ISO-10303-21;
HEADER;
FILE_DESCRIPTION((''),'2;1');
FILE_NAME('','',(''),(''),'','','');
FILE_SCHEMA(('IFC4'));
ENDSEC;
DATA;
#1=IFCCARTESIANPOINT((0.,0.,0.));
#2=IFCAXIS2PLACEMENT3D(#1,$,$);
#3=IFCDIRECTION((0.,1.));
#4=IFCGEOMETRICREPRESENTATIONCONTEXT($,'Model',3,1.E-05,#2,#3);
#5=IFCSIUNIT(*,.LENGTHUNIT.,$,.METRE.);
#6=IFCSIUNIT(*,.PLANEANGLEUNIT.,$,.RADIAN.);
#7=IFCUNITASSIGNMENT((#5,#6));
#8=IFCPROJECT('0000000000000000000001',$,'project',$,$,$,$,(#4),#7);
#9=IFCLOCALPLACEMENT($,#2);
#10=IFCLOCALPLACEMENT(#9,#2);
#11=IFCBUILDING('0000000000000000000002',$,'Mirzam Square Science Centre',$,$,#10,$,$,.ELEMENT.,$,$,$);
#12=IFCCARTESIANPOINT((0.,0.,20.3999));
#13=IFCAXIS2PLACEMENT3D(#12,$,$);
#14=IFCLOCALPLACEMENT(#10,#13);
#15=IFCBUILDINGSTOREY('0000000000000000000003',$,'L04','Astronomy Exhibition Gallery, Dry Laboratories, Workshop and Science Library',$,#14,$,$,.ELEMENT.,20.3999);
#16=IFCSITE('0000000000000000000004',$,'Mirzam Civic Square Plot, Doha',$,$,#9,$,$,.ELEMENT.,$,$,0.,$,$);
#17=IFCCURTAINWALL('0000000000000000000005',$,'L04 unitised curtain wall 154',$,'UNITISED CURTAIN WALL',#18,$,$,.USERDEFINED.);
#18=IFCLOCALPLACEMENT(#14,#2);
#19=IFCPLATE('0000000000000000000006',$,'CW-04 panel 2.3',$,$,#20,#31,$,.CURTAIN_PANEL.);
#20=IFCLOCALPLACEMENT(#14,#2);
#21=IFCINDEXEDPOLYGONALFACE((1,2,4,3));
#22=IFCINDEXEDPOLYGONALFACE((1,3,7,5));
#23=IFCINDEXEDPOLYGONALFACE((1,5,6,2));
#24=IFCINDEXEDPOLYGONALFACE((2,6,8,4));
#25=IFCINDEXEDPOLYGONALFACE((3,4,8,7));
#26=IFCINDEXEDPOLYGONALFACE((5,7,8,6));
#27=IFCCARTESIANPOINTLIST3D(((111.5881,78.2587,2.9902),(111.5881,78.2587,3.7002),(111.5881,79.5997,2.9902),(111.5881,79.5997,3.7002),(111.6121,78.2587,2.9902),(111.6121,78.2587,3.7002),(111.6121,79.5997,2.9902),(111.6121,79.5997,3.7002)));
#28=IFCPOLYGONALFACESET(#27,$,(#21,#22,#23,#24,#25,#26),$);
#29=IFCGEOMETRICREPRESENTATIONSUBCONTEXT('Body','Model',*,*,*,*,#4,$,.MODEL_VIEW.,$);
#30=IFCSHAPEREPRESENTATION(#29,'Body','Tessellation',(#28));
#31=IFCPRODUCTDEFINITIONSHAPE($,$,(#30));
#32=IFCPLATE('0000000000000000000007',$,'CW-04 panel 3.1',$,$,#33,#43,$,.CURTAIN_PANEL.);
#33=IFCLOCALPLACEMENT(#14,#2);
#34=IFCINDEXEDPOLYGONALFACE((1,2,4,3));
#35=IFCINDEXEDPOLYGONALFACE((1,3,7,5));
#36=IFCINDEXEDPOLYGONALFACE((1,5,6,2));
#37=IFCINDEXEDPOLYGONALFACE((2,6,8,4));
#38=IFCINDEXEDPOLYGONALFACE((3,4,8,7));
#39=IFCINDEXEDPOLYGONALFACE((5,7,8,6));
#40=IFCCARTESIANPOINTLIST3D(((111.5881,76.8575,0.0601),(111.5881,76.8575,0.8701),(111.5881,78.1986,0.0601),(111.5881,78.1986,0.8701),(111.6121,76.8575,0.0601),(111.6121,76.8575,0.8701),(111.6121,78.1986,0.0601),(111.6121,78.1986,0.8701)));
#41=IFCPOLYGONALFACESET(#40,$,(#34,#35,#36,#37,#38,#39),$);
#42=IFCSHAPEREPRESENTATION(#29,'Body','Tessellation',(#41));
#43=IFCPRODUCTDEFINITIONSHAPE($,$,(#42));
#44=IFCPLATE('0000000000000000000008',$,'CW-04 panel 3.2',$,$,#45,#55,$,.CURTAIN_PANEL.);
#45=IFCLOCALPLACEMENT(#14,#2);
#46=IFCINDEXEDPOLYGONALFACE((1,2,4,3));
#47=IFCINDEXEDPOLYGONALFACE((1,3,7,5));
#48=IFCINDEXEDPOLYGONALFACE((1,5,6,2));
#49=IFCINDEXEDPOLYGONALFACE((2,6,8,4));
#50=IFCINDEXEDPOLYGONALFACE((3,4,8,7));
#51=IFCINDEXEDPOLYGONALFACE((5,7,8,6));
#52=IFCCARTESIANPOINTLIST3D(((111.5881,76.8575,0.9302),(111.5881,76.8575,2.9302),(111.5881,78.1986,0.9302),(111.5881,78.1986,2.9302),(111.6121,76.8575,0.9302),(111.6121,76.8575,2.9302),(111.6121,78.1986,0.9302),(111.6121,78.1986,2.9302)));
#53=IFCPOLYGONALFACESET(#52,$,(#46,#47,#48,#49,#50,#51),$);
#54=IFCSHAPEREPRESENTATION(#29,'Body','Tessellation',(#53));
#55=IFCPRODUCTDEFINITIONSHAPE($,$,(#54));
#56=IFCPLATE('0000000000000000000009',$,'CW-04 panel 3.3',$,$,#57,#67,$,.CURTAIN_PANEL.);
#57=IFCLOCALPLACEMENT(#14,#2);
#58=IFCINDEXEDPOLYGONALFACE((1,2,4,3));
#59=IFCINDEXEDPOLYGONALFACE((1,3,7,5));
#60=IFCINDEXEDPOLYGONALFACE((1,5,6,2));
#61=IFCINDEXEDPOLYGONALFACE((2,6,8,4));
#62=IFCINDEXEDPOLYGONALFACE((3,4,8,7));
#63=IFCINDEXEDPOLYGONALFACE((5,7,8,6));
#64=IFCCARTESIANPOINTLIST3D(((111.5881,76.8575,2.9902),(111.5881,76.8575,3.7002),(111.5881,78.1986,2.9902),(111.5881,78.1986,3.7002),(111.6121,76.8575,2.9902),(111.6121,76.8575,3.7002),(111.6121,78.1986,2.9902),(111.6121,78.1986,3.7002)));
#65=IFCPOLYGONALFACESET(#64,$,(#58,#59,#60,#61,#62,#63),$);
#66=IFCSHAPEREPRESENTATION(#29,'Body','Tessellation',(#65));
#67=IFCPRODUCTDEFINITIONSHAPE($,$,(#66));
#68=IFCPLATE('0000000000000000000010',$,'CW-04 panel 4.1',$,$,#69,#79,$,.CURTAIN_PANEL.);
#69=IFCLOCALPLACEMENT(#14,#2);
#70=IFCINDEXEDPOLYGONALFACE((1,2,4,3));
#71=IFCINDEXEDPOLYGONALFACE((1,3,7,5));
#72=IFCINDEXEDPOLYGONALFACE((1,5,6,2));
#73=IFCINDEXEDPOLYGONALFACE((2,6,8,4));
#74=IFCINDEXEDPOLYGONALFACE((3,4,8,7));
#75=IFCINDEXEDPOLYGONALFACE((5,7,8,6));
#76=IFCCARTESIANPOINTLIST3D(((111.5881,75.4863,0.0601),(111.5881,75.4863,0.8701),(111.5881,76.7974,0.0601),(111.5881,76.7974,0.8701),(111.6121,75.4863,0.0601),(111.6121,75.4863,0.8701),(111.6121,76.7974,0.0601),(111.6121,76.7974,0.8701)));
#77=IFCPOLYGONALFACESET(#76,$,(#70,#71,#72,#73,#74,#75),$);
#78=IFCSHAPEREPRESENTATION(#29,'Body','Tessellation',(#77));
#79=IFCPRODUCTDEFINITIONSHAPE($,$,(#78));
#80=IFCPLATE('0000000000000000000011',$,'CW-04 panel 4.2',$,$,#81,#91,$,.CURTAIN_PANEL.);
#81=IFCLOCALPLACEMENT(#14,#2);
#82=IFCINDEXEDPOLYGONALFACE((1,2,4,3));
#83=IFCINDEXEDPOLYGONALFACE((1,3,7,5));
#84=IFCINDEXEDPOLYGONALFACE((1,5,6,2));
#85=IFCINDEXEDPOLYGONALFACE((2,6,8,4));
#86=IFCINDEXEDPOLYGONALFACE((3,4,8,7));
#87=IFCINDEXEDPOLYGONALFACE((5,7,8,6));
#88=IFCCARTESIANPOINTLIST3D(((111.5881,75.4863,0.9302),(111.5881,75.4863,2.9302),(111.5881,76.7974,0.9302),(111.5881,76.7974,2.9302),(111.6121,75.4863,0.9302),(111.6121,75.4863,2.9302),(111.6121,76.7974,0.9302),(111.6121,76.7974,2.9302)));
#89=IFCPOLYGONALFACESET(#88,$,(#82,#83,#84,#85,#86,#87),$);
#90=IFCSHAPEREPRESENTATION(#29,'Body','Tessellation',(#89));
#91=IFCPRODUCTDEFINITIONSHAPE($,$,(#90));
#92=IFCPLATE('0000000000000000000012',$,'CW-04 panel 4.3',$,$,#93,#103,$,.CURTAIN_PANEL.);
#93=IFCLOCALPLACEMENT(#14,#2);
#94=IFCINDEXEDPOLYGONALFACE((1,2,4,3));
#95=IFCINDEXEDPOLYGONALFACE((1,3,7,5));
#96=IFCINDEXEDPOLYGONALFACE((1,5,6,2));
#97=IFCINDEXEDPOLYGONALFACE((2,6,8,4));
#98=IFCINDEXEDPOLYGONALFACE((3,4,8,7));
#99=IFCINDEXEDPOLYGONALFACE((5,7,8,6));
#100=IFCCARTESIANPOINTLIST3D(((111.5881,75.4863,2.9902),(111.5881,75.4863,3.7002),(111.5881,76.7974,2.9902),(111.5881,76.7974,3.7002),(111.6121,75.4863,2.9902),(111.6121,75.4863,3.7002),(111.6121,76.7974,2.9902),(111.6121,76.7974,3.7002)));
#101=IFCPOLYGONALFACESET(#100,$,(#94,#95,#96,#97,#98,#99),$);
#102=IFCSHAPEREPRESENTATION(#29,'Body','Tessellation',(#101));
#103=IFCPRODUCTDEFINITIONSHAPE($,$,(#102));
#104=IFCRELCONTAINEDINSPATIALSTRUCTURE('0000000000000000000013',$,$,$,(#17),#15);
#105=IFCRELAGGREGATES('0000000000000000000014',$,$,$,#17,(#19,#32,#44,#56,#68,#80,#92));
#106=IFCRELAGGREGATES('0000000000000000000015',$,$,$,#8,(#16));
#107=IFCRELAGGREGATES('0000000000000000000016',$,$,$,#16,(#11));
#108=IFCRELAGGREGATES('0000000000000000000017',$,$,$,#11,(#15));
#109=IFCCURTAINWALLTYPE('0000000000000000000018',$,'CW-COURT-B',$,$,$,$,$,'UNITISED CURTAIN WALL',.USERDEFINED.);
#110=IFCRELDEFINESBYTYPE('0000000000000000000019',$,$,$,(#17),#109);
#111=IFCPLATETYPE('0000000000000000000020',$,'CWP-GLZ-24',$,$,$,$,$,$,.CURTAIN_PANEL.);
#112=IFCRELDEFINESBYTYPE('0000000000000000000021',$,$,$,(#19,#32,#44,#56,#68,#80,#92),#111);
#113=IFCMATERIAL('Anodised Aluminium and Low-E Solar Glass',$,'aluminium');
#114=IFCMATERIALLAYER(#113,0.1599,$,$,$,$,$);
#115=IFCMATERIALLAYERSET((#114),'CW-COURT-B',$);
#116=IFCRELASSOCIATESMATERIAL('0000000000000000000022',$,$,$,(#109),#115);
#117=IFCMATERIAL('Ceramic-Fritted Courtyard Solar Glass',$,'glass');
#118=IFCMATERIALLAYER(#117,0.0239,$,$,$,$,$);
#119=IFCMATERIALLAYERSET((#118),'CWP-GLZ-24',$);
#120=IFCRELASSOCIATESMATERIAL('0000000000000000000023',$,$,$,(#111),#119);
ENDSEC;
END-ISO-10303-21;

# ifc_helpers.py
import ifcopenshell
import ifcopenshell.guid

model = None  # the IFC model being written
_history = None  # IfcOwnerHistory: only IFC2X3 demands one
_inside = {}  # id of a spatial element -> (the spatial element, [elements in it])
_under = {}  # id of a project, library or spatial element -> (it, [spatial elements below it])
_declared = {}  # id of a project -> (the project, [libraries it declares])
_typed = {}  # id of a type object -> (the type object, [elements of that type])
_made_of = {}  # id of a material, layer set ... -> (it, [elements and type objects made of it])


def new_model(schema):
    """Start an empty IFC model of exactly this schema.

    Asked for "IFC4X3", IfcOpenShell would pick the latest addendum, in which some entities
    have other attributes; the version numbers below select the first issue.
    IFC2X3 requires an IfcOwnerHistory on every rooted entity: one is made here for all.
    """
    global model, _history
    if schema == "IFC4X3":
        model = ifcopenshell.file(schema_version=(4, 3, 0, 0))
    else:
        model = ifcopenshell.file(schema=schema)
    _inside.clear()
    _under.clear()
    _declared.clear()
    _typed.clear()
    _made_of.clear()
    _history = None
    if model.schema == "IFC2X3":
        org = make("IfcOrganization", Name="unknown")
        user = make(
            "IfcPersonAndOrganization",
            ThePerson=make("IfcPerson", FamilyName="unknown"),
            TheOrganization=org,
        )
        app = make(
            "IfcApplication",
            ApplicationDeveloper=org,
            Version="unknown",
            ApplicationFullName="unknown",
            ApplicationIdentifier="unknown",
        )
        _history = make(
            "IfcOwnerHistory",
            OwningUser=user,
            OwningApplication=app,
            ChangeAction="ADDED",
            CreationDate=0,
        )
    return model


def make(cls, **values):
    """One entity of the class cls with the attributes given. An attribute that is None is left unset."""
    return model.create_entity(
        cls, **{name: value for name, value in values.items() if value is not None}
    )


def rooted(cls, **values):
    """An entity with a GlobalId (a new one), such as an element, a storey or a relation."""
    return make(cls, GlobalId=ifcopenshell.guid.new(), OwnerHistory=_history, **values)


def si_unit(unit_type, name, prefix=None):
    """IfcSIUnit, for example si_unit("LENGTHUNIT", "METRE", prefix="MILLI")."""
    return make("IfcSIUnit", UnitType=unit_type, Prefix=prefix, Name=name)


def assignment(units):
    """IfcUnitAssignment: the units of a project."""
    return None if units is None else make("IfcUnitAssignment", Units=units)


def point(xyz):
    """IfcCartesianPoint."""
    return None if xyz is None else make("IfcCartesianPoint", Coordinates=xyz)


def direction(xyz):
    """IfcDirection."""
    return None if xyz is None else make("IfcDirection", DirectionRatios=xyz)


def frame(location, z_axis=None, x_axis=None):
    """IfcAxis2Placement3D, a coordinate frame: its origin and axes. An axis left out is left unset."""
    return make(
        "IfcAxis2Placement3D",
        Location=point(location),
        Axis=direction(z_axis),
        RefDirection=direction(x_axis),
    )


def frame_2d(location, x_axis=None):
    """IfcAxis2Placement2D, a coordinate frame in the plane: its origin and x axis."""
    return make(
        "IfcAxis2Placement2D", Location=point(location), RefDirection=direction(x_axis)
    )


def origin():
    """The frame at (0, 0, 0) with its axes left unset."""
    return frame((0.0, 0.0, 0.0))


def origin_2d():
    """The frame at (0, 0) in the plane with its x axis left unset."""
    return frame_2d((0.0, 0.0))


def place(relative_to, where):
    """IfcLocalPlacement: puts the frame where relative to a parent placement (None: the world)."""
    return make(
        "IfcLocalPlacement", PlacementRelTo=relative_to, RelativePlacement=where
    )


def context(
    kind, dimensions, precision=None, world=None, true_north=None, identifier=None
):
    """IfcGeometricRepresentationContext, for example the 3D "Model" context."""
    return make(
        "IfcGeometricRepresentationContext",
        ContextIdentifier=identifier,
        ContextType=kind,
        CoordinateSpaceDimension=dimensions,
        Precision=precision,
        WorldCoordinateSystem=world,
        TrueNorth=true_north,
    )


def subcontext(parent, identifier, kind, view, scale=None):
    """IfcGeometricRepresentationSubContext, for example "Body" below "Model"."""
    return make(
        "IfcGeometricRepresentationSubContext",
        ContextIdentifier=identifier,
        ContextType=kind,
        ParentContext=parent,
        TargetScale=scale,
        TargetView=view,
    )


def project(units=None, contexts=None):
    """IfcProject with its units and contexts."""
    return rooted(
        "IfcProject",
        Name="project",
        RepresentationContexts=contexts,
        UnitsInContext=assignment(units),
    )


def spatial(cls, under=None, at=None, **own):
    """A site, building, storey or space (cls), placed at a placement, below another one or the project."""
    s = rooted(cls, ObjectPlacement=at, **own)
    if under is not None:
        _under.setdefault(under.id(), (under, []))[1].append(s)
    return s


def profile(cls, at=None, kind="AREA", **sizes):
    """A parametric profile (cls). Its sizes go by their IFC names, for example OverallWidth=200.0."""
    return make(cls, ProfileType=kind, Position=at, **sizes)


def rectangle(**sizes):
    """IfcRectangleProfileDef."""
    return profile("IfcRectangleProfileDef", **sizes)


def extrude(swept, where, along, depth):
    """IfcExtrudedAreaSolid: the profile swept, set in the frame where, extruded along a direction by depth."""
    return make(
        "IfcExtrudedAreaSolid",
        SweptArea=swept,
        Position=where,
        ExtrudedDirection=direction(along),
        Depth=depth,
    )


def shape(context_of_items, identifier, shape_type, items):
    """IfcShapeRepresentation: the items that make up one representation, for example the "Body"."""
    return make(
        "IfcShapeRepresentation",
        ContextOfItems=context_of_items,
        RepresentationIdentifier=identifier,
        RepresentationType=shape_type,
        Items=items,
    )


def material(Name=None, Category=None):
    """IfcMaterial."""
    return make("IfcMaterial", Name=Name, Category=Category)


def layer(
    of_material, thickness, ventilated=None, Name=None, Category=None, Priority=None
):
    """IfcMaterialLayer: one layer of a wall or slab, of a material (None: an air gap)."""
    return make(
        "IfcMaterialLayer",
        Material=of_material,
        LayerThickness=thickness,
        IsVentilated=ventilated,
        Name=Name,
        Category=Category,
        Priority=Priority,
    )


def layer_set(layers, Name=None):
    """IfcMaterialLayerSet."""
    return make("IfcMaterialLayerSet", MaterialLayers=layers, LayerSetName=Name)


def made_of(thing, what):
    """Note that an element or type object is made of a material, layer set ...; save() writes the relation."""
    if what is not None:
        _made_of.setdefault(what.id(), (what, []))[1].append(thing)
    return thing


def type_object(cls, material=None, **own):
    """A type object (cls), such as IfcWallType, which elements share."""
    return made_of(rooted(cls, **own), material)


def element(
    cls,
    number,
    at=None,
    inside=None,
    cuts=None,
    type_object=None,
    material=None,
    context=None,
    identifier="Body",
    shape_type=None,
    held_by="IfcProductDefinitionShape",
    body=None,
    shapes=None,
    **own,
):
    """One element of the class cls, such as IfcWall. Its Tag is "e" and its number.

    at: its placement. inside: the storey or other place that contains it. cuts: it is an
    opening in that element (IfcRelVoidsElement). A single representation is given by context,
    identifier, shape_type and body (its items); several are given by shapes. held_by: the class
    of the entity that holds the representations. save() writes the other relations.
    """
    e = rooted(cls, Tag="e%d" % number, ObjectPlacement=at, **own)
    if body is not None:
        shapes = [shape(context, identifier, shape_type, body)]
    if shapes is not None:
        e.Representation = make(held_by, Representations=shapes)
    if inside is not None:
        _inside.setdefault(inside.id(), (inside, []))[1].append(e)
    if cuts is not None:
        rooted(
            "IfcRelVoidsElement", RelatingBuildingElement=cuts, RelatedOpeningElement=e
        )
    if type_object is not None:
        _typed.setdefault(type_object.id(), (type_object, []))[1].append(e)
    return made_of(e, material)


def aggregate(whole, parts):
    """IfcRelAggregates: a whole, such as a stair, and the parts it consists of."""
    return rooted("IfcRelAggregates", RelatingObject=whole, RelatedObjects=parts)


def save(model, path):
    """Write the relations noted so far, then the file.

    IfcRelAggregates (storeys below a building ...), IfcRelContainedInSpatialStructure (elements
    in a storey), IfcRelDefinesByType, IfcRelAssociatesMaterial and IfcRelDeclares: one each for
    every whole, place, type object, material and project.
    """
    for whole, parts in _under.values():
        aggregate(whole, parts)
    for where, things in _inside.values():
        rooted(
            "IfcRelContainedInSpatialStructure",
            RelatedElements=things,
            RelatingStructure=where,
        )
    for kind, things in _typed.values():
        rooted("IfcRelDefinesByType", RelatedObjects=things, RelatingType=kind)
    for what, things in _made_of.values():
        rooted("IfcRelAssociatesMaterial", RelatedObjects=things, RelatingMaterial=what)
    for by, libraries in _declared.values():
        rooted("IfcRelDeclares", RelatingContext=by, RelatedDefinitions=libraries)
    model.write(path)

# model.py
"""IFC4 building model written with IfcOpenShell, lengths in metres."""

from ifc_helpers import new_model, si_unit, direction, frame, origin, origin_2d, place, context, subcontext, project, spatial, rectangle, extrude, material, layer, layer_set, type_object, element, aggregate, save


model = new_model("IFC4")

# Units and contexts
model_context = context("Model", 3, precision=1e-05, world=origin(), true_north=direction((0.0, 1.0)))
body_context = subcontext(model_context, "Body", "Model", "MODEL_VIEW")
ifc_project = project(units=[si_unit("LENGTHUNIT", "METRE"), si_unit("PLANEANGLEUNIT", "RADIAN")], contexts=[model_context])

# Site, building, storey
site_placement = place(None, origin())
site = spatial("IfcSite", under=ifc_project, at=site_placement, Name="Mirzam Civic Square Plot, Doha", CompositionType="ELEMENT", RefElevation=0.0)
building_placement = place(site_placement, origin())
building = spatial("IfcBuilding", under=site, at=building_placement, Name="Mirzam Square Science Centre", CompositionType="ELEMENT")
storey_placement = place(building_placement, frame((0.0, 0.0, 20.3999)))
storey = spatial("IfcBuildingStorey", under=building, at=storey_placement, Name="L04", Description="Astronomy Exhibition Gallery, Dry Laboratories, Workshop and Science Library", CompositionType="ELEMENT", Elevation=20.3999)

# Curtain wall, plates
ifc_material_1 = material(Name="Anodised Aluminium and Low-E Solar Glass", Category="aluminium")
ifc_layer_1 = layer(ifc_material_1, 0.1599)
ifc_layer_set_1 = layer_set([ifc_layer_1], Name="CW-COURT-B")
curtain_wall_type = type_object("IfcCurtainWallType", Name="CW-COURT-B", ElementType="UNITISED CURTAIN WALL", PredefinedType="USERDEFINED", material=ifc_layer_set_1)
curtain_wall_placement = place(storey_placement, origin())
curtain_wall = element("IfcCurtainWall", 1, at=curtain_wall_placement, inside=storey, type_object=curtain_wall_type, Name="L04 unitised curtain wall 154", ObjectType="UNITISED CURTAIN WALL", PredefinedType="USERDEFINED")
ifc_material_2 = material(Name="Ceramic-Fritted Courtyard Solar Glass", Category="glass")
ifc_layer_2 = layer(ifc_material_2, 0.0239)
ifc_layer_set_2 = layer_set([ifc_layer_2], Name="CWP-GLZ-24")
plate_type = type_object("IfcPlateType", Name="CWP-GLZ-24", PredefinedType="CURTAIN_PANEL", material=ifc_layer_set_2)
plate_1_placement = place(storey_placement, frame((111.6001, 78.9292, 2.9902), z_axis=(0.0, 0.0, 1.0), x_axis=(0.0, -1.0, 0.0)))
plate_1 = element("IfcPlate", 2, at=plate_1_placement, type_object=plate_type, Name="CW-04 panel 2.3", PredefinedType="CURTAIN_PANEL", context=body_context, shape_type="SweptSolid", body=[
    extrude(rectangle(XDim=1.3411, YDim=0.0239, at=origin_2d()), origin(), (0.0, 0.0, 1.0), 0.71),
])
plate_2_placement = place(storey_placement, frame((111.6001, 77.5281, 0.0601), z_axis=(0.0, 0.0, 1.0), x_axis=(0.0, -1.0, 0.0)))
plate_2 = element("IfcPlate", 3, at=plate_2_placement, type_object=plate_type, Name="CW-04 panel 3.1", PredefinedType="CURTAIN_PANEL", context=body_context, shape_type="SweptSolid", body=[
    extrude(rectangle(XDim=1.3411, YDim=0.0239, at=origin_2d()), origin(), (0.0, 0.0, 1.0), 0.8101),
])
plate_3_placement = place(storey_placement, frame((111.6001, 77.5281, 0.9302), z_axis=(0.0, 0.0, 1.0), x_axis=(0.0, -1.0, 0.0)))
plate_3 = element("IfcPlate", 4, at=plate_3_placement, type_object=plate_type, Name="CW-04 panel 3.2", PredefinedType="CURTAIN_PANEL", context=body_context, shape_type="SweptSolid", body=[
    extrude(rectangle(XDim=1.3411, YDim=0.0239, at=origin_2d()), origin(), (0.0, 0.0, 1.0), 2.0),
])
plate_4_placement = place(storey_placement, frame((111.6001, 77.5281, 2.9902), z_axis=(0.0, 0.0, 1.0), x_axis=(0.0, -1.0, 0.0)))
plate_4 = element("IfcPlate", 5, at=plate_4_placement, type_object=plate_type, Name="CW-04 panel 3.3", PredefinedType="CURTAIN_PANEL", context=body_context, shape_type="SweptSolid", body=[
    extrude(rectangle(XDim=1.3411, YDim=0.0239, at=origin_2d()), origin(), (0.0, 0.0, 1.0), 0.71),
])
plate_5_placement = place(storey_placement, frame((111.6001, 76.1418, 0.0601), z_axis=(0.0, 0.0, 1.0), x_axis=(0.0, -1.0, 0.0)))
plate_5 = element("IfcPlate", 6, at=plate_5_placement, type_object=plate_type, Name="CW-04 panel 4.1", PredefinedType="CURTAIN_PANEL", context=body_context, shape_type="SweptSolid", body=[
    extrude(rectangle(XDim=1.311, YDim=0.0239, at=origin_2d()), origin(), (0.0, 0.0, 1.0), 0.8101),
])
plate_6_placement = place(storey_placement, frame((111.6001, 76.1418, 0.9302), z_axis=(0.0, 0.0, 1.0), x_axis=(0.0, -1.0, 0.0)))
plate_6 = element("IfcPlate", 7, at=plate_6_placement, type_object=plate_type, Name="CW-04 panel 4.2", PredefinedType="CURTAIN_PANEL", context=body_context, shape_type="SweptSolid", body=[
    extrude(rectangle(XDim=1.311, YDim=0.0239, at=origin_2d()), origin(), (0.0, 0.0, 1.0), 2.0),
])
plate_7_placement = place(storey_placement, frame((111.6001, 76.1418, 2.9902), z_axis=(0.0, 0.0, 1.0), x_axis=(0.0, -1.0, 0.0)))
plate_7 = element("IfcPlate", 8, at=plate_7_placement, type_object=plate_type, Name="CW-04 panel 4.3", PredefinedType="CURTAIN_PANEL", context=body_context, shape_type="SweptSolid", body=[
    extrude(rectangle(XDim=1.311, YDim=0.0239, at=origin_2d()), origin(), (0.0, 0.0, 1.0), 0.71),
])
aggregate(curtain_wall, [plate_1, plate_2, plate_3, plate_4, plate_5, plate_6, plate_7])

save(model, "model.ifc")
